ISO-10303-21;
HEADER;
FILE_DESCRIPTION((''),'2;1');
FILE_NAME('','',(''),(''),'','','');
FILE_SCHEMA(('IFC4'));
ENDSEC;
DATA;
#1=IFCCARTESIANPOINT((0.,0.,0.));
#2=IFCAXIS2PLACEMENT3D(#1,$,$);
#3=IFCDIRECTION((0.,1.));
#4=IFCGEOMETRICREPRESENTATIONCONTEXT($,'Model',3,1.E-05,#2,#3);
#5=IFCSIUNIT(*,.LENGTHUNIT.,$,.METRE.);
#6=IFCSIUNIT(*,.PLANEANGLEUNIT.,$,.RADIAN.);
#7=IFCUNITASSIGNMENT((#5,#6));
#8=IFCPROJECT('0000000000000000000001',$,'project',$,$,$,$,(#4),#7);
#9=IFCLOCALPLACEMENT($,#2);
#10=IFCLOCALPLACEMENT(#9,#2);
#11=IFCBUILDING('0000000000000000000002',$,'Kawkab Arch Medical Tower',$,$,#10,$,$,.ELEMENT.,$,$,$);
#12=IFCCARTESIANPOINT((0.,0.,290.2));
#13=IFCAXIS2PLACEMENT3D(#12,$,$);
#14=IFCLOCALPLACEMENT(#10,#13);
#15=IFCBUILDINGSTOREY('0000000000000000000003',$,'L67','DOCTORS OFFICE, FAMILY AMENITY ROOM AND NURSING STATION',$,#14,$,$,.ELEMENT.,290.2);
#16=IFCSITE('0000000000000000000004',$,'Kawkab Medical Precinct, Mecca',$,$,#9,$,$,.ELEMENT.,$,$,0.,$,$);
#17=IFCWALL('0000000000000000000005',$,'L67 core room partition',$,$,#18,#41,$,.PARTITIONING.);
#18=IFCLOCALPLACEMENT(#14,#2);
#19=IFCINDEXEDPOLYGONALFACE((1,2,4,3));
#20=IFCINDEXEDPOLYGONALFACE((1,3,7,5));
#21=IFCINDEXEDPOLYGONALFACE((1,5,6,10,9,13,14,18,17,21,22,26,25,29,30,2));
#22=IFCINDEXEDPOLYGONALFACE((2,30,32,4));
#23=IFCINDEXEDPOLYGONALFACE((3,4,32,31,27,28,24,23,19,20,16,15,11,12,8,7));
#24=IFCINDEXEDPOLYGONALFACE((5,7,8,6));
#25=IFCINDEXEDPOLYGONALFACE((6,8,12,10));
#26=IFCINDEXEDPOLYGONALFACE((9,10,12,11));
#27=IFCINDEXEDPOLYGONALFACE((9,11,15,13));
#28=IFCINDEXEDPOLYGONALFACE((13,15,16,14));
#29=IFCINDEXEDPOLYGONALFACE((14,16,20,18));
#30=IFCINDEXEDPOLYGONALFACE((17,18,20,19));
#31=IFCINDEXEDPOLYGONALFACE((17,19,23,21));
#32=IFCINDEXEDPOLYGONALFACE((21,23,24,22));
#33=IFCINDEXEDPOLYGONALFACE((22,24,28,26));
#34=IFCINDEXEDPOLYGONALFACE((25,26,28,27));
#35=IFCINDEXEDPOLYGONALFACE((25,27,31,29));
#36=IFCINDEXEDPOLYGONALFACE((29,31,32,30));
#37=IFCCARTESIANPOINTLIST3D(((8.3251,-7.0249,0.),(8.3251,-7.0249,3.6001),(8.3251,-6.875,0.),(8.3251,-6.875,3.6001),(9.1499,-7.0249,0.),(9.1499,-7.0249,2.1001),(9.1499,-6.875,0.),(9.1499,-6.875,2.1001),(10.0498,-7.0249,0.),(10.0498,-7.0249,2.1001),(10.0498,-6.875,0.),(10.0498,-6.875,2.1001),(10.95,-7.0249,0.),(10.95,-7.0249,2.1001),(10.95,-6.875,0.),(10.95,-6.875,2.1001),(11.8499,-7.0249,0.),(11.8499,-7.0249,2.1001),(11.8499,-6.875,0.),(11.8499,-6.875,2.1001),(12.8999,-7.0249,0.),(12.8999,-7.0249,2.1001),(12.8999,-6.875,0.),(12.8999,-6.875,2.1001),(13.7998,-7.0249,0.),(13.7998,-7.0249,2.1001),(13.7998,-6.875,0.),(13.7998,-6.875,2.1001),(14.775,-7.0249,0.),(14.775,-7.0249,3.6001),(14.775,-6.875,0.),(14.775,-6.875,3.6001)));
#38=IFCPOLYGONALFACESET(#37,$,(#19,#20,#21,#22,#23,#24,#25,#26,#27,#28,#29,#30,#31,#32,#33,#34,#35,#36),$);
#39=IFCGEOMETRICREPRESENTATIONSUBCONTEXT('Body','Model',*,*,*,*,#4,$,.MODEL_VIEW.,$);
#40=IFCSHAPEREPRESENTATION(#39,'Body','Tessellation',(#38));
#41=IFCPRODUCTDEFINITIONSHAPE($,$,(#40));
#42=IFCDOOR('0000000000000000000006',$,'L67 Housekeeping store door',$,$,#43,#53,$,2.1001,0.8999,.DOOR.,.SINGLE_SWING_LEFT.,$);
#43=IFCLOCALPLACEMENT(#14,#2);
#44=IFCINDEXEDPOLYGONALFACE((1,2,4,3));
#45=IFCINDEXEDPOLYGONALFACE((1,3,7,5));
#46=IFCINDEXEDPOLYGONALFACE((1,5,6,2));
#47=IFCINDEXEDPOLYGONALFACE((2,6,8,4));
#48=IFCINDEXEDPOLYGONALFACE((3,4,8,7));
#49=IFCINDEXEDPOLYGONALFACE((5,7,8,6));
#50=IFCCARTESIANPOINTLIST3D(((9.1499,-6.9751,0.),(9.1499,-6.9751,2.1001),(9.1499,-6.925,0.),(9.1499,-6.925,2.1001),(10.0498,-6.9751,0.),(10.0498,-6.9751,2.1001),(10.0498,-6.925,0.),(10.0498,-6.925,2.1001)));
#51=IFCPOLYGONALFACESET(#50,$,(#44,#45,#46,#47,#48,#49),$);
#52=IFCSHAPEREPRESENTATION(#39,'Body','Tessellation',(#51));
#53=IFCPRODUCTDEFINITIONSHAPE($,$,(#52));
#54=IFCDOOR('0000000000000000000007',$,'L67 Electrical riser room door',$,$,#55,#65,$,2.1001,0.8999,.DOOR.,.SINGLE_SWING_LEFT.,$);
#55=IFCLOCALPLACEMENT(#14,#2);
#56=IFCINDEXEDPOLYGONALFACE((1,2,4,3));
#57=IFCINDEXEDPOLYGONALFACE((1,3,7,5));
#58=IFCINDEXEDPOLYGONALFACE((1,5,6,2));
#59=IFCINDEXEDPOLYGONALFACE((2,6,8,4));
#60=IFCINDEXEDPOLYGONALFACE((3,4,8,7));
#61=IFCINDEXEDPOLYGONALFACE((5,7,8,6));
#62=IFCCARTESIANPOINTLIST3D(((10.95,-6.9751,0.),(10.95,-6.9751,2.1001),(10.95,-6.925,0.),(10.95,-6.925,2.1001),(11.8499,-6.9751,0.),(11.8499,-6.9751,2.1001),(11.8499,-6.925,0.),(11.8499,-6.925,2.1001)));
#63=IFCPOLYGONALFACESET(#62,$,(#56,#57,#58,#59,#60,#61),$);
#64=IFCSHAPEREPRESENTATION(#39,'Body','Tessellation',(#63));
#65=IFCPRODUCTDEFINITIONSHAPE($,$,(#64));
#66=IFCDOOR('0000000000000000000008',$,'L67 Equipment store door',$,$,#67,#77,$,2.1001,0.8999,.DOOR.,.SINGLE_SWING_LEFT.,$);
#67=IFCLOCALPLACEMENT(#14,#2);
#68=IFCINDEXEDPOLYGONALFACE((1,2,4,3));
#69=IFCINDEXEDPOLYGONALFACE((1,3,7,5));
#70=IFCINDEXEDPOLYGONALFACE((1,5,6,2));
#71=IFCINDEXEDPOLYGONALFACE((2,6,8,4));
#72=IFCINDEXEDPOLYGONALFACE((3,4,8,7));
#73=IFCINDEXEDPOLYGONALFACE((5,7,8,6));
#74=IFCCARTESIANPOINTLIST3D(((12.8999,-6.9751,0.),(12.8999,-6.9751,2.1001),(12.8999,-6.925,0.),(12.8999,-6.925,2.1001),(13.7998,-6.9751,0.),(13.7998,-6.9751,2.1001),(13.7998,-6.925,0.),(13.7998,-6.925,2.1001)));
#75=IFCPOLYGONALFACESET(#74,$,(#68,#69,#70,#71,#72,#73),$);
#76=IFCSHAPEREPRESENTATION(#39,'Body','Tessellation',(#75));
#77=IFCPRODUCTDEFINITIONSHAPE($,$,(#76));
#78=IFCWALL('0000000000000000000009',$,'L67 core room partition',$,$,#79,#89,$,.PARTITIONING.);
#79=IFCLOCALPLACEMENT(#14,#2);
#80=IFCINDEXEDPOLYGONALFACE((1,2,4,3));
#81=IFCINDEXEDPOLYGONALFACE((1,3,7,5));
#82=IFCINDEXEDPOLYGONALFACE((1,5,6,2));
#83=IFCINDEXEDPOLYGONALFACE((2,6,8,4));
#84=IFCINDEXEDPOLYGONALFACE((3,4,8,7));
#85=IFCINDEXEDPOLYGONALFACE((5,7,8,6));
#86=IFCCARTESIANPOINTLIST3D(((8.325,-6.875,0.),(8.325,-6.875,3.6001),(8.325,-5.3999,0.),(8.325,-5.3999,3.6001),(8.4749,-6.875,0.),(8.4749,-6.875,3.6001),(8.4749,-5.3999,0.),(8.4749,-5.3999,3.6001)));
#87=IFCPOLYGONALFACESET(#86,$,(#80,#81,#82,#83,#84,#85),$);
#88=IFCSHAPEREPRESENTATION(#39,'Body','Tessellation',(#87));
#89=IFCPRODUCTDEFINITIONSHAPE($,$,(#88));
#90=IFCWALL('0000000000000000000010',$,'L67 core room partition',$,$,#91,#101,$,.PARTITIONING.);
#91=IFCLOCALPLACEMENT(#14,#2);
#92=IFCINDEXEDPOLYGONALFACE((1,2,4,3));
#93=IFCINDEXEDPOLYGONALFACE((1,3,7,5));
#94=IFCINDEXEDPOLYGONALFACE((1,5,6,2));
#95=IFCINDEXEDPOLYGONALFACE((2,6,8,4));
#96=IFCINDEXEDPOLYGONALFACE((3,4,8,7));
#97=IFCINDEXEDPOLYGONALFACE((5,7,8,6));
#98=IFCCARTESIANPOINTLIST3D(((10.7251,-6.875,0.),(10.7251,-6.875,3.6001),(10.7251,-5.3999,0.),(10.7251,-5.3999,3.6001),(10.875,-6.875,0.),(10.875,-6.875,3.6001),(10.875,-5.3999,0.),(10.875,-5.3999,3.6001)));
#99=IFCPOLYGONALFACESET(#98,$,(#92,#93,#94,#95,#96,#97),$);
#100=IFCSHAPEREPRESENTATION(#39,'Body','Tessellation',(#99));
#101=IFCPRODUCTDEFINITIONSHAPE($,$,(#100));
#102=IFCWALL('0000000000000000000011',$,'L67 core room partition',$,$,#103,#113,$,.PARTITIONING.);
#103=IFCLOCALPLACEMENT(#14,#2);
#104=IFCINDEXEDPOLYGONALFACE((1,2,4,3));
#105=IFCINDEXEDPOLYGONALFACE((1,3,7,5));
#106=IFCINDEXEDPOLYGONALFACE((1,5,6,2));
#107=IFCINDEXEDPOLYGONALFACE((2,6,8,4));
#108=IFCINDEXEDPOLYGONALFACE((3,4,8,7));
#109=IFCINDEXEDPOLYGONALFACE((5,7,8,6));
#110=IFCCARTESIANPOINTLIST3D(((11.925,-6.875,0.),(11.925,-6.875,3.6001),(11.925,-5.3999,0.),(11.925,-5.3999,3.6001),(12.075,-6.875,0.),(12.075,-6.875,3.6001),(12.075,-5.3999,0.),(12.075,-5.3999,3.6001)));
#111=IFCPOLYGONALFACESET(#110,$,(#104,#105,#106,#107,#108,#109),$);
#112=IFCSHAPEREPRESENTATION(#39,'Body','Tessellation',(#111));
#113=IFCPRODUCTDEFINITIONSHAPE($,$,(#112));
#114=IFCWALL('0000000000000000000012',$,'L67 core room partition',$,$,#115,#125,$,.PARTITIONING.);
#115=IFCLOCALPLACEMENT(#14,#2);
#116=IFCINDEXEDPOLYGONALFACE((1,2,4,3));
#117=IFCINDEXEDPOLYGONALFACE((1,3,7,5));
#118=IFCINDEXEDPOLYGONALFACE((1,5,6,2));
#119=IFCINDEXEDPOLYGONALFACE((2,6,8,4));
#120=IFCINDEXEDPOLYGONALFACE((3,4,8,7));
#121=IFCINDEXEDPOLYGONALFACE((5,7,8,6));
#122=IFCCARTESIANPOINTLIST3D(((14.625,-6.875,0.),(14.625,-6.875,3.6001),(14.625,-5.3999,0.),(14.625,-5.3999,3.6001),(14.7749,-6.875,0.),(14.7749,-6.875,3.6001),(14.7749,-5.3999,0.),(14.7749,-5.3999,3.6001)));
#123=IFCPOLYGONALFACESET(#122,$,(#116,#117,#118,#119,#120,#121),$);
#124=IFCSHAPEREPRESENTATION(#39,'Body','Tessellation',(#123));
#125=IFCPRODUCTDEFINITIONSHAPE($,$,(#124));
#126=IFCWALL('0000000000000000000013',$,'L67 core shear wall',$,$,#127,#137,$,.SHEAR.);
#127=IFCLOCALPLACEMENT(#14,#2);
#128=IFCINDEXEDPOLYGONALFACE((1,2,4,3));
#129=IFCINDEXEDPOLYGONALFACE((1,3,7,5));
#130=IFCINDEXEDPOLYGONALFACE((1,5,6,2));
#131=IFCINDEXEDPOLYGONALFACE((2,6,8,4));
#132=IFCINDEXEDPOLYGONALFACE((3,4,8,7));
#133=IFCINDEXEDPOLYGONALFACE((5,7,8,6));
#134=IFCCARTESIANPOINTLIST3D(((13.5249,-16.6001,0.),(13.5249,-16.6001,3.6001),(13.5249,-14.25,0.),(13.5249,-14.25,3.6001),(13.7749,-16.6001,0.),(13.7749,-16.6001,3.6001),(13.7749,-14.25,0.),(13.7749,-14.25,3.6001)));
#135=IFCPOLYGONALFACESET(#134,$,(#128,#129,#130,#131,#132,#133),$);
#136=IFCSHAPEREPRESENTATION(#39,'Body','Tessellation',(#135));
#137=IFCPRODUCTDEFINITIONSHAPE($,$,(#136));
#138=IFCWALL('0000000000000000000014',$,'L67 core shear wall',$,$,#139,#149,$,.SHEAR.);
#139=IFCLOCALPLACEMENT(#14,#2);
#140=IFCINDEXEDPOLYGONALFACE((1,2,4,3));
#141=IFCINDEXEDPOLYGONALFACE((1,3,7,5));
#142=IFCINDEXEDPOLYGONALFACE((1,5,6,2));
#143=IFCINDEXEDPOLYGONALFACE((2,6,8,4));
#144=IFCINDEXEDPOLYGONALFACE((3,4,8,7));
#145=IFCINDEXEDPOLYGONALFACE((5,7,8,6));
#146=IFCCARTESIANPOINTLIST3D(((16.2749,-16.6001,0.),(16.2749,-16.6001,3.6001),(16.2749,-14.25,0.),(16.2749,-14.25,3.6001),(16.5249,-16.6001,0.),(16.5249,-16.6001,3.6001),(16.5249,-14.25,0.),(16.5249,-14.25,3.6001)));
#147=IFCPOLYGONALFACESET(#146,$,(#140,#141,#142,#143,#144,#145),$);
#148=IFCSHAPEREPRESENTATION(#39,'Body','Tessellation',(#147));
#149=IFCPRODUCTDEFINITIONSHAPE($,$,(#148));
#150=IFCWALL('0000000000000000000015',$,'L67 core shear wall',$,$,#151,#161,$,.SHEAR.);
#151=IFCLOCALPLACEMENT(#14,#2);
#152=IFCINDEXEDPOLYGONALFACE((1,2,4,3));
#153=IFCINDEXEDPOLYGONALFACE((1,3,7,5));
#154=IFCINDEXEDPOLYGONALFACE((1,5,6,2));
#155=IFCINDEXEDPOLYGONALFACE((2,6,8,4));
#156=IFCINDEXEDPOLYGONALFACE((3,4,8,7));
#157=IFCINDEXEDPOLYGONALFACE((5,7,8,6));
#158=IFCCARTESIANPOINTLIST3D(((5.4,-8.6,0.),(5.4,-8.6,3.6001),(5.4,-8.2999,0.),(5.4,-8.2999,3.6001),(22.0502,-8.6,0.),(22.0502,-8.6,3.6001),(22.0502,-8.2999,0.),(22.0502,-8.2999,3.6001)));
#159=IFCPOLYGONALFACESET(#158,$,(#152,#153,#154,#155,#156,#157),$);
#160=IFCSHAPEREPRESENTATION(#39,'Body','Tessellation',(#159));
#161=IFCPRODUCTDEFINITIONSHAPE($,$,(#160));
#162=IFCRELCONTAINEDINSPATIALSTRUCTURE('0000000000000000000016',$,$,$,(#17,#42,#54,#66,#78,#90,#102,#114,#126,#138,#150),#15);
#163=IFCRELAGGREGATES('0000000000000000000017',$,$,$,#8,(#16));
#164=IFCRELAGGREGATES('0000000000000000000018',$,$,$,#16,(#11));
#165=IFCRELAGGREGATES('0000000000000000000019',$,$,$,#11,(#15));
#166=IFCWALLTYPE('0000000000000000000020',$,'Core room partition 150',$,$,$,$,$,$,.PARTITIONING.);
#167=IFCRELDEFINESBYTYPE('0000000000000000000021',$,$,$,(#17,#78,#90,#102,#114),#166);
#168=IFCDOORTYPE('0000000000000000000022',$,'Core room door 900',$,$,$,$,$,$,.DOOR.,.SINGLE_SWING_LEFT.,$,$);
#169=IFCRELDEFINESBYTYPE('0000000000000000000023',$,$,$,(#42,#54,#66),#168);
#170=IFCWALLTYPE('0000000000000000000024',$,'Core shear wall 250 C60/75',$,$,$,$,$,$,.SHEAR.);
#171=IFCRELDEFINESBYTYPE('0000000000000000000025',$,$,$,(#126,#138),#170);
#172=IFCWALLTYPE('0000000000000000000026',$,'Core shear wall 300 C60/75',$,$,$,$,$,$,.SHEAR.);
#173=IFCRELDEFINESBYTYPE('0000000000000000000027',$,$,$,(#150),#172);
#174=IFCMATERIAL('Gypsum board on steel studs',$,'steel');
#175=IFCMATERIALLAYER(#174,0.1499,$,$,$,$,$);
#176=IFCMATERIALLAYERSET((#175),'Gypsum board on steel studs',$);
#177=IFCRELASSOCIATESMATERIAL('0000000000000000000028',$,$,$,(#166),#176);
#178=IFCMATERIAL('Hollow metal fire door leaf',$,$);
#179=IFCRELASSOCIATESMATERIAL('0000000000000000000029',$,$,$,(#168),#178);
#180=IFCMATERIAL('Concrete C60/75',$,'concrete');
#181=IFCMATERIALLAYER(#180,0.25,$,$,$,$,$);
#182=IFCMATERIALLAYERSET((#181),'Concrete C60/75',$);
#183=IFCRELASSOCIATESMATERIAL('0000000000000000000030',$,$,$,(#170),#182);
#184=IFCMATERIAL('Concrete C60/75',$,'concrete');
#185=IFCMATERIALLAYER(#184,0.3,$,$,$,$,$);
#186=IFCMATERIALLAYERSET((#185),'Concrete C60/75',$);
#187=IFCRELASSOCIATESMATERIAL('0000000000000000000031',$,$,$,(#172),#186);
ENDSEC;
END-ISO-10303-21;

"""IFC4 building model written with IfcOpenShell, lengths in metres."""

from ifc_helpers import new_model, si_unit, direction, frame, frame_2d, origin, place, context, subcontext, project, spatial, rectangle, extrude, material, layer, layer_set, type_object, element, fill, save


model = new_model("IFC4")

# Units and contexts
model_context = context("Model", 3, precision=1e-05, world=origin(), true_north=direction((0.0, 1.0)))
body_context = subcontext(model_context, "Body", "Model", "MODEL_VIEW")
ifc_project = project(units=[si_unit("LENGTHUNIT", "METRE"), si_unit("PLANEANGLEUNIT", "RADIAN")], contexts=[model_context])

# Site, building, storey
site_placement = place(None, origin())
site = spatial("IfcSite", under=ifc_project, at=site_placement, Name="Kawkab Medical Precinct, Mecca", CompositionType="ELEMENT", RefElevation=0.0)
building_placement = place(site_placement, origin())
building = spatial("IfcBuilding", under=site, at=building_placement, Name="Kawkab Arch Medical Tower", CompositionType="ELEMENT")
storey_placement = place(building_placement, frame((0.0, 0.0, 290.2)))
storey = spatial("IfcBuildingStorey", under=building, at=storey_placement, Name="L67", Description="DOCTORS OFFICE, FAMILY AMENITY ROOM AND NURSING STATION", CompositionType="ELEMENT", Elevation=290.2)

# Wall, openings, doors
ifc_material_1 = material(Name="Gypsum board on steel studs", Category="steel")
ifc_layer_1 = layer(ifc_material_1, 0.1499)
ifc_layer_set_1 = layer_set([ifc_layer_1], Name="Gypsum board on steel studs")
wall_type_1 = type_object("IfcWallType", Name="Core room partition 150", PredefinedType="PARTITIONING", material=ifc_layer_set_1)
wall_1_placement = place(storey_placement, frame((8.325, -6.95, 0.0), z_axis=(0.0, 0.0, 1.0), x_axis=(1.0, 0.0, 0.0)))
wall_1 = element("IfcWall", 1, at=wall_1_placement, inside=storey, type_object=wall_type_1, Name="L67 core room partition", PredefinedType="PARTITIONING", context=body_context, shape_type="SweptSolid", body=[
    extrude(rectangle(XDim=6.45, YDim=0.1499, at=frame_2d((3.2251, 0.0))), origin(), (0.0, 0.0, 1.0), 3.6001),
])
opening_1_placement = place(wall_1_placement, frame((0.825, 0.0, 0.0)))
opening_1 = element("IfcOpeningElement", 2, at=opening_1_placement, cuts=wall_1, PredefinedType="OPENING", context=body_context, shape_type="SweptSolid", body=[
    extrude(rectangle(XDim=0.8999, YDim=2.1001, at=frame_2d((0.45, 1.05))), frame((0.0, 0.085, 0.0), z_axis=(0.0, -1.0, 0.0), x_axis=(1.0, 0.0, 0.0)), (0.0, 0.0, 1.0), 0.1699),
])
opening_2_placement = place(wall_1_placement, frame((2.625, 0.0, 0.0)))
opening_2 = element("IfcOpeningElement", 3, at=opening_2_placement, cuts=wall_1, PredefinedType="OPENING", context=body_context, shape_type="SweptSolid", body=[
    extrude(rectangle(XDim=0.8999, YDim=2.1001, at=frame_2d((0.45, 1.05))), frame((0.0, 0.085, 0.0), z_axis=(0.0, -1.0, 0.0), x_axis=(1.0, 0.0, 0.0)), (0.0, 0.0, 1.0), 0.1699),
])
opening_3_placement = place(wall_1_placement, frame((4.575, 0.0, 0.0)))
opening_3 = element("IfcOpeningElement", 4, at=opening_3_placement, cuts=wall_1, PredefinedType="OPENING", context=body_context, shape_type="SweptSolid", body=[
    extrude(rectangle(XDim=0.8999, YDim=2.1001, at=frame_2d((0.45, 1.05))), frame((0.0, 0.085, 0.0), z_axis=(0.0, -1.0, 0.0), x_axis=(1.0, 0.0, 0.0)), (0.0, 0.0, 1.0), 0.1699),
])
ifc_material_2 = material(Name="Hollow metal fire door leaf")
door_type_1 = type_object("IfcDoorType", Name="Core room door 900", OperationType="SINGLE_SWING_LEFT", PredefinedType="DOOR", material=ifc_material_2)
door_1_placement = place(opening_1_placement, origin())
door_1 = element("IfcDoor", 5, at=door_1_placement, inside=storey, type_object=door_type_1, Name="L67 Housekeeping store door", OperationType="SINGLE_SWING_LEFT", OverallHeight=2.1001, OverallWidth=0.8999, PredefinedType="DOOR", context=body_context, shape_type="SweptSolid", body=[
    extrude(rectangle(XDim=0.8999, YDim=2.1001, at=frame_2d((0.45, 1.05))), frame((0.0, 0.0249, 0.0), z_axis=(0.0, -1.0, 0.0), x_axis=(1.0, 0.0, 0.0)), (0.0, 0.0, 1.0), 0.05),
])
fill(opening_1, door_1)
door_2_placement = place(opening_2_placement, origin())
door_2 = element("IfcDoor", 6, at=door_2_placement, inside=storey, type_object=door_type_1, Name="L67 Electrical riser room door", OperationType="SINGLE_SWING_LEFT", OverallHeight=2.1001, OverallWidth=0.8999, PredefinedType="DOOR", context=body_context, shape_type="SweptSolid", body=[
    extrude(rectangle(XDim=0.8999, YDim=2.1001, at=frame_2d((0.45, 1.05))), frame((0.0, 0.0249, 0.0), z_axis=(0.0, -1.0, 0.0), x_axis=(1.0, 0.0, 0.0)), (0.0, 0.0, 1.0), 0.05),
])
fill(opening_2, door_2)
door_3_placement = place(opening_3_placement, origin())
door_3 = element("IfcDoor", 7, at=door_3_placement, inside=storey, type_object=door_type_1, Name="L67 Equipment store door", OperationType="SINGLE_SWING_LEFT", OverallHeight=2.1001, OverallWidth=0.8999, PredefinedType="DOOR", context=body_context, shape_type="SweptSolid", body=[
    extrude(rectangle(XDim=0.8999, YDim=2.1001, at=frame_2d((0.45, 1.05))), frame((0.0, 0.0249, 0.0), z_axis=(0.0, -1.0, 0.0), x_axis=(1.0, 0.0, 0.0)), (0.0, 0.0, 1.0), 0.05),
])
fill(opening_3, door_3)

# Walls
for number, where, z_axis, x_axis, name in (
    (8, (8.3999, -6.875, 0.0), (0.0, 0.0, 1.0), (0.0, 1.0, 0.0), "L67 core room partition"),
    (9, (10.8, -6.875, 0.0), (0.0, 0.0, 1.0), (0.0, 1.0, 0.0), "L67 core room partition"),
    (10, (12.0, -6.875, 0.0), (0.0, 0.0, 1.0), (0.0, 1.0, 0.0), "L67 core room partition"),
    (11, (14.7, -6.875, 0.0), (0.0, 0.0, 1.0), (0.0, 1.0, 0.0), "L67 core room partition"),
):
    element("IfcWall", number, at=place(storey_placement, frame(where, z_axis=z_axis, x_axis=x_axis)), inside=storey, type_object=wall_type_1, Name=name, PredefinedType="PARTITIONING", context=body_context, shape_type="SweptSolid", body=[
        extrude(rectangle(XDim=1.4751, YDim=0.1499, at=frame_2d((0.7375, 0.0))), origin(), (0.0, 0.0, 1.0), 3.6001),
    ])
ifc_material_3 = material(Name="Concrete C60/75", Category="concrete")
ifc_layer_2 = layer(ifc_material_3, 0.25)
ifc_layer_set_2 = layer_set([ifc_layer_2], Name="Concrete C60/75")
wall_type_2 = type_object("IfcWallType", Name="Core shear wall 250 C60/75", PredefinedType="SHEAR", material=ifc_layer_set_2)
for number, where, z_axis, x_axis, name in (
    (12, (13.6499, -16.6001, 0.0), (0.0, 0.0, 1.0), (0.0, 1.0, 0.0), "L67 core shear wall"),
    (13, (16.3999, -16.6001, 0.0), (0.0, 0.0, 1.0), (0.0, 1.0, 0.0), "L67 core shear wall"),
):
    element("IfcWall", number, at=place(storey_placement, frame(where, z_axis=z_axis, x_axis=x_axis)), inside=storey, type_object=wall_type_2, Name=name, PredefinedType="SHEAR", context=body_context, shape_type="SweptSolid", body=[
        extrude(rectangle(XDim=2.3501, YDim=0.25, at=frame_2d((1.175, 0.0))), origin(), (0.0, 0.0, 1.0), 3.6001),
    ])
ifc_material_4 = material(Name="Concrete C60/75", Category="concrete")
ifc_layer_3 = layer(ifc_material_4, 0.3)
ifc_layer_set_3 = layer_set([ifc_layer_3], Name="Concrete C60/75")
wall_type_3 = type_object("IfcWallType", Name="Core shear wall 300 C60/75", PredefinedType="SHEAR", material=ifc_layer_set_3)
wall_2_placement = place(storey_placement, frame((5.3999, -8.45, 0.0), z_axis=(0.0, 0.0, 1.0), x_axis=(1.0, 0.0, 0.0)))
element("IfcWall", 14, at=wall_2_placement, inside=storey, type_object=wall_type_3, Name="L67 core shear wall", PredefinedType="SHEAR", context=body_context, shape_type="SweptSolid", body=[
    extrude(rectangle(XDim=16.6501, YDim=0.3, at=frame_2d((8.3252, 0.0))), origin(), (0.0, 0.0, 1.0), 3.6001),
])

save(model, "model.ifc")
